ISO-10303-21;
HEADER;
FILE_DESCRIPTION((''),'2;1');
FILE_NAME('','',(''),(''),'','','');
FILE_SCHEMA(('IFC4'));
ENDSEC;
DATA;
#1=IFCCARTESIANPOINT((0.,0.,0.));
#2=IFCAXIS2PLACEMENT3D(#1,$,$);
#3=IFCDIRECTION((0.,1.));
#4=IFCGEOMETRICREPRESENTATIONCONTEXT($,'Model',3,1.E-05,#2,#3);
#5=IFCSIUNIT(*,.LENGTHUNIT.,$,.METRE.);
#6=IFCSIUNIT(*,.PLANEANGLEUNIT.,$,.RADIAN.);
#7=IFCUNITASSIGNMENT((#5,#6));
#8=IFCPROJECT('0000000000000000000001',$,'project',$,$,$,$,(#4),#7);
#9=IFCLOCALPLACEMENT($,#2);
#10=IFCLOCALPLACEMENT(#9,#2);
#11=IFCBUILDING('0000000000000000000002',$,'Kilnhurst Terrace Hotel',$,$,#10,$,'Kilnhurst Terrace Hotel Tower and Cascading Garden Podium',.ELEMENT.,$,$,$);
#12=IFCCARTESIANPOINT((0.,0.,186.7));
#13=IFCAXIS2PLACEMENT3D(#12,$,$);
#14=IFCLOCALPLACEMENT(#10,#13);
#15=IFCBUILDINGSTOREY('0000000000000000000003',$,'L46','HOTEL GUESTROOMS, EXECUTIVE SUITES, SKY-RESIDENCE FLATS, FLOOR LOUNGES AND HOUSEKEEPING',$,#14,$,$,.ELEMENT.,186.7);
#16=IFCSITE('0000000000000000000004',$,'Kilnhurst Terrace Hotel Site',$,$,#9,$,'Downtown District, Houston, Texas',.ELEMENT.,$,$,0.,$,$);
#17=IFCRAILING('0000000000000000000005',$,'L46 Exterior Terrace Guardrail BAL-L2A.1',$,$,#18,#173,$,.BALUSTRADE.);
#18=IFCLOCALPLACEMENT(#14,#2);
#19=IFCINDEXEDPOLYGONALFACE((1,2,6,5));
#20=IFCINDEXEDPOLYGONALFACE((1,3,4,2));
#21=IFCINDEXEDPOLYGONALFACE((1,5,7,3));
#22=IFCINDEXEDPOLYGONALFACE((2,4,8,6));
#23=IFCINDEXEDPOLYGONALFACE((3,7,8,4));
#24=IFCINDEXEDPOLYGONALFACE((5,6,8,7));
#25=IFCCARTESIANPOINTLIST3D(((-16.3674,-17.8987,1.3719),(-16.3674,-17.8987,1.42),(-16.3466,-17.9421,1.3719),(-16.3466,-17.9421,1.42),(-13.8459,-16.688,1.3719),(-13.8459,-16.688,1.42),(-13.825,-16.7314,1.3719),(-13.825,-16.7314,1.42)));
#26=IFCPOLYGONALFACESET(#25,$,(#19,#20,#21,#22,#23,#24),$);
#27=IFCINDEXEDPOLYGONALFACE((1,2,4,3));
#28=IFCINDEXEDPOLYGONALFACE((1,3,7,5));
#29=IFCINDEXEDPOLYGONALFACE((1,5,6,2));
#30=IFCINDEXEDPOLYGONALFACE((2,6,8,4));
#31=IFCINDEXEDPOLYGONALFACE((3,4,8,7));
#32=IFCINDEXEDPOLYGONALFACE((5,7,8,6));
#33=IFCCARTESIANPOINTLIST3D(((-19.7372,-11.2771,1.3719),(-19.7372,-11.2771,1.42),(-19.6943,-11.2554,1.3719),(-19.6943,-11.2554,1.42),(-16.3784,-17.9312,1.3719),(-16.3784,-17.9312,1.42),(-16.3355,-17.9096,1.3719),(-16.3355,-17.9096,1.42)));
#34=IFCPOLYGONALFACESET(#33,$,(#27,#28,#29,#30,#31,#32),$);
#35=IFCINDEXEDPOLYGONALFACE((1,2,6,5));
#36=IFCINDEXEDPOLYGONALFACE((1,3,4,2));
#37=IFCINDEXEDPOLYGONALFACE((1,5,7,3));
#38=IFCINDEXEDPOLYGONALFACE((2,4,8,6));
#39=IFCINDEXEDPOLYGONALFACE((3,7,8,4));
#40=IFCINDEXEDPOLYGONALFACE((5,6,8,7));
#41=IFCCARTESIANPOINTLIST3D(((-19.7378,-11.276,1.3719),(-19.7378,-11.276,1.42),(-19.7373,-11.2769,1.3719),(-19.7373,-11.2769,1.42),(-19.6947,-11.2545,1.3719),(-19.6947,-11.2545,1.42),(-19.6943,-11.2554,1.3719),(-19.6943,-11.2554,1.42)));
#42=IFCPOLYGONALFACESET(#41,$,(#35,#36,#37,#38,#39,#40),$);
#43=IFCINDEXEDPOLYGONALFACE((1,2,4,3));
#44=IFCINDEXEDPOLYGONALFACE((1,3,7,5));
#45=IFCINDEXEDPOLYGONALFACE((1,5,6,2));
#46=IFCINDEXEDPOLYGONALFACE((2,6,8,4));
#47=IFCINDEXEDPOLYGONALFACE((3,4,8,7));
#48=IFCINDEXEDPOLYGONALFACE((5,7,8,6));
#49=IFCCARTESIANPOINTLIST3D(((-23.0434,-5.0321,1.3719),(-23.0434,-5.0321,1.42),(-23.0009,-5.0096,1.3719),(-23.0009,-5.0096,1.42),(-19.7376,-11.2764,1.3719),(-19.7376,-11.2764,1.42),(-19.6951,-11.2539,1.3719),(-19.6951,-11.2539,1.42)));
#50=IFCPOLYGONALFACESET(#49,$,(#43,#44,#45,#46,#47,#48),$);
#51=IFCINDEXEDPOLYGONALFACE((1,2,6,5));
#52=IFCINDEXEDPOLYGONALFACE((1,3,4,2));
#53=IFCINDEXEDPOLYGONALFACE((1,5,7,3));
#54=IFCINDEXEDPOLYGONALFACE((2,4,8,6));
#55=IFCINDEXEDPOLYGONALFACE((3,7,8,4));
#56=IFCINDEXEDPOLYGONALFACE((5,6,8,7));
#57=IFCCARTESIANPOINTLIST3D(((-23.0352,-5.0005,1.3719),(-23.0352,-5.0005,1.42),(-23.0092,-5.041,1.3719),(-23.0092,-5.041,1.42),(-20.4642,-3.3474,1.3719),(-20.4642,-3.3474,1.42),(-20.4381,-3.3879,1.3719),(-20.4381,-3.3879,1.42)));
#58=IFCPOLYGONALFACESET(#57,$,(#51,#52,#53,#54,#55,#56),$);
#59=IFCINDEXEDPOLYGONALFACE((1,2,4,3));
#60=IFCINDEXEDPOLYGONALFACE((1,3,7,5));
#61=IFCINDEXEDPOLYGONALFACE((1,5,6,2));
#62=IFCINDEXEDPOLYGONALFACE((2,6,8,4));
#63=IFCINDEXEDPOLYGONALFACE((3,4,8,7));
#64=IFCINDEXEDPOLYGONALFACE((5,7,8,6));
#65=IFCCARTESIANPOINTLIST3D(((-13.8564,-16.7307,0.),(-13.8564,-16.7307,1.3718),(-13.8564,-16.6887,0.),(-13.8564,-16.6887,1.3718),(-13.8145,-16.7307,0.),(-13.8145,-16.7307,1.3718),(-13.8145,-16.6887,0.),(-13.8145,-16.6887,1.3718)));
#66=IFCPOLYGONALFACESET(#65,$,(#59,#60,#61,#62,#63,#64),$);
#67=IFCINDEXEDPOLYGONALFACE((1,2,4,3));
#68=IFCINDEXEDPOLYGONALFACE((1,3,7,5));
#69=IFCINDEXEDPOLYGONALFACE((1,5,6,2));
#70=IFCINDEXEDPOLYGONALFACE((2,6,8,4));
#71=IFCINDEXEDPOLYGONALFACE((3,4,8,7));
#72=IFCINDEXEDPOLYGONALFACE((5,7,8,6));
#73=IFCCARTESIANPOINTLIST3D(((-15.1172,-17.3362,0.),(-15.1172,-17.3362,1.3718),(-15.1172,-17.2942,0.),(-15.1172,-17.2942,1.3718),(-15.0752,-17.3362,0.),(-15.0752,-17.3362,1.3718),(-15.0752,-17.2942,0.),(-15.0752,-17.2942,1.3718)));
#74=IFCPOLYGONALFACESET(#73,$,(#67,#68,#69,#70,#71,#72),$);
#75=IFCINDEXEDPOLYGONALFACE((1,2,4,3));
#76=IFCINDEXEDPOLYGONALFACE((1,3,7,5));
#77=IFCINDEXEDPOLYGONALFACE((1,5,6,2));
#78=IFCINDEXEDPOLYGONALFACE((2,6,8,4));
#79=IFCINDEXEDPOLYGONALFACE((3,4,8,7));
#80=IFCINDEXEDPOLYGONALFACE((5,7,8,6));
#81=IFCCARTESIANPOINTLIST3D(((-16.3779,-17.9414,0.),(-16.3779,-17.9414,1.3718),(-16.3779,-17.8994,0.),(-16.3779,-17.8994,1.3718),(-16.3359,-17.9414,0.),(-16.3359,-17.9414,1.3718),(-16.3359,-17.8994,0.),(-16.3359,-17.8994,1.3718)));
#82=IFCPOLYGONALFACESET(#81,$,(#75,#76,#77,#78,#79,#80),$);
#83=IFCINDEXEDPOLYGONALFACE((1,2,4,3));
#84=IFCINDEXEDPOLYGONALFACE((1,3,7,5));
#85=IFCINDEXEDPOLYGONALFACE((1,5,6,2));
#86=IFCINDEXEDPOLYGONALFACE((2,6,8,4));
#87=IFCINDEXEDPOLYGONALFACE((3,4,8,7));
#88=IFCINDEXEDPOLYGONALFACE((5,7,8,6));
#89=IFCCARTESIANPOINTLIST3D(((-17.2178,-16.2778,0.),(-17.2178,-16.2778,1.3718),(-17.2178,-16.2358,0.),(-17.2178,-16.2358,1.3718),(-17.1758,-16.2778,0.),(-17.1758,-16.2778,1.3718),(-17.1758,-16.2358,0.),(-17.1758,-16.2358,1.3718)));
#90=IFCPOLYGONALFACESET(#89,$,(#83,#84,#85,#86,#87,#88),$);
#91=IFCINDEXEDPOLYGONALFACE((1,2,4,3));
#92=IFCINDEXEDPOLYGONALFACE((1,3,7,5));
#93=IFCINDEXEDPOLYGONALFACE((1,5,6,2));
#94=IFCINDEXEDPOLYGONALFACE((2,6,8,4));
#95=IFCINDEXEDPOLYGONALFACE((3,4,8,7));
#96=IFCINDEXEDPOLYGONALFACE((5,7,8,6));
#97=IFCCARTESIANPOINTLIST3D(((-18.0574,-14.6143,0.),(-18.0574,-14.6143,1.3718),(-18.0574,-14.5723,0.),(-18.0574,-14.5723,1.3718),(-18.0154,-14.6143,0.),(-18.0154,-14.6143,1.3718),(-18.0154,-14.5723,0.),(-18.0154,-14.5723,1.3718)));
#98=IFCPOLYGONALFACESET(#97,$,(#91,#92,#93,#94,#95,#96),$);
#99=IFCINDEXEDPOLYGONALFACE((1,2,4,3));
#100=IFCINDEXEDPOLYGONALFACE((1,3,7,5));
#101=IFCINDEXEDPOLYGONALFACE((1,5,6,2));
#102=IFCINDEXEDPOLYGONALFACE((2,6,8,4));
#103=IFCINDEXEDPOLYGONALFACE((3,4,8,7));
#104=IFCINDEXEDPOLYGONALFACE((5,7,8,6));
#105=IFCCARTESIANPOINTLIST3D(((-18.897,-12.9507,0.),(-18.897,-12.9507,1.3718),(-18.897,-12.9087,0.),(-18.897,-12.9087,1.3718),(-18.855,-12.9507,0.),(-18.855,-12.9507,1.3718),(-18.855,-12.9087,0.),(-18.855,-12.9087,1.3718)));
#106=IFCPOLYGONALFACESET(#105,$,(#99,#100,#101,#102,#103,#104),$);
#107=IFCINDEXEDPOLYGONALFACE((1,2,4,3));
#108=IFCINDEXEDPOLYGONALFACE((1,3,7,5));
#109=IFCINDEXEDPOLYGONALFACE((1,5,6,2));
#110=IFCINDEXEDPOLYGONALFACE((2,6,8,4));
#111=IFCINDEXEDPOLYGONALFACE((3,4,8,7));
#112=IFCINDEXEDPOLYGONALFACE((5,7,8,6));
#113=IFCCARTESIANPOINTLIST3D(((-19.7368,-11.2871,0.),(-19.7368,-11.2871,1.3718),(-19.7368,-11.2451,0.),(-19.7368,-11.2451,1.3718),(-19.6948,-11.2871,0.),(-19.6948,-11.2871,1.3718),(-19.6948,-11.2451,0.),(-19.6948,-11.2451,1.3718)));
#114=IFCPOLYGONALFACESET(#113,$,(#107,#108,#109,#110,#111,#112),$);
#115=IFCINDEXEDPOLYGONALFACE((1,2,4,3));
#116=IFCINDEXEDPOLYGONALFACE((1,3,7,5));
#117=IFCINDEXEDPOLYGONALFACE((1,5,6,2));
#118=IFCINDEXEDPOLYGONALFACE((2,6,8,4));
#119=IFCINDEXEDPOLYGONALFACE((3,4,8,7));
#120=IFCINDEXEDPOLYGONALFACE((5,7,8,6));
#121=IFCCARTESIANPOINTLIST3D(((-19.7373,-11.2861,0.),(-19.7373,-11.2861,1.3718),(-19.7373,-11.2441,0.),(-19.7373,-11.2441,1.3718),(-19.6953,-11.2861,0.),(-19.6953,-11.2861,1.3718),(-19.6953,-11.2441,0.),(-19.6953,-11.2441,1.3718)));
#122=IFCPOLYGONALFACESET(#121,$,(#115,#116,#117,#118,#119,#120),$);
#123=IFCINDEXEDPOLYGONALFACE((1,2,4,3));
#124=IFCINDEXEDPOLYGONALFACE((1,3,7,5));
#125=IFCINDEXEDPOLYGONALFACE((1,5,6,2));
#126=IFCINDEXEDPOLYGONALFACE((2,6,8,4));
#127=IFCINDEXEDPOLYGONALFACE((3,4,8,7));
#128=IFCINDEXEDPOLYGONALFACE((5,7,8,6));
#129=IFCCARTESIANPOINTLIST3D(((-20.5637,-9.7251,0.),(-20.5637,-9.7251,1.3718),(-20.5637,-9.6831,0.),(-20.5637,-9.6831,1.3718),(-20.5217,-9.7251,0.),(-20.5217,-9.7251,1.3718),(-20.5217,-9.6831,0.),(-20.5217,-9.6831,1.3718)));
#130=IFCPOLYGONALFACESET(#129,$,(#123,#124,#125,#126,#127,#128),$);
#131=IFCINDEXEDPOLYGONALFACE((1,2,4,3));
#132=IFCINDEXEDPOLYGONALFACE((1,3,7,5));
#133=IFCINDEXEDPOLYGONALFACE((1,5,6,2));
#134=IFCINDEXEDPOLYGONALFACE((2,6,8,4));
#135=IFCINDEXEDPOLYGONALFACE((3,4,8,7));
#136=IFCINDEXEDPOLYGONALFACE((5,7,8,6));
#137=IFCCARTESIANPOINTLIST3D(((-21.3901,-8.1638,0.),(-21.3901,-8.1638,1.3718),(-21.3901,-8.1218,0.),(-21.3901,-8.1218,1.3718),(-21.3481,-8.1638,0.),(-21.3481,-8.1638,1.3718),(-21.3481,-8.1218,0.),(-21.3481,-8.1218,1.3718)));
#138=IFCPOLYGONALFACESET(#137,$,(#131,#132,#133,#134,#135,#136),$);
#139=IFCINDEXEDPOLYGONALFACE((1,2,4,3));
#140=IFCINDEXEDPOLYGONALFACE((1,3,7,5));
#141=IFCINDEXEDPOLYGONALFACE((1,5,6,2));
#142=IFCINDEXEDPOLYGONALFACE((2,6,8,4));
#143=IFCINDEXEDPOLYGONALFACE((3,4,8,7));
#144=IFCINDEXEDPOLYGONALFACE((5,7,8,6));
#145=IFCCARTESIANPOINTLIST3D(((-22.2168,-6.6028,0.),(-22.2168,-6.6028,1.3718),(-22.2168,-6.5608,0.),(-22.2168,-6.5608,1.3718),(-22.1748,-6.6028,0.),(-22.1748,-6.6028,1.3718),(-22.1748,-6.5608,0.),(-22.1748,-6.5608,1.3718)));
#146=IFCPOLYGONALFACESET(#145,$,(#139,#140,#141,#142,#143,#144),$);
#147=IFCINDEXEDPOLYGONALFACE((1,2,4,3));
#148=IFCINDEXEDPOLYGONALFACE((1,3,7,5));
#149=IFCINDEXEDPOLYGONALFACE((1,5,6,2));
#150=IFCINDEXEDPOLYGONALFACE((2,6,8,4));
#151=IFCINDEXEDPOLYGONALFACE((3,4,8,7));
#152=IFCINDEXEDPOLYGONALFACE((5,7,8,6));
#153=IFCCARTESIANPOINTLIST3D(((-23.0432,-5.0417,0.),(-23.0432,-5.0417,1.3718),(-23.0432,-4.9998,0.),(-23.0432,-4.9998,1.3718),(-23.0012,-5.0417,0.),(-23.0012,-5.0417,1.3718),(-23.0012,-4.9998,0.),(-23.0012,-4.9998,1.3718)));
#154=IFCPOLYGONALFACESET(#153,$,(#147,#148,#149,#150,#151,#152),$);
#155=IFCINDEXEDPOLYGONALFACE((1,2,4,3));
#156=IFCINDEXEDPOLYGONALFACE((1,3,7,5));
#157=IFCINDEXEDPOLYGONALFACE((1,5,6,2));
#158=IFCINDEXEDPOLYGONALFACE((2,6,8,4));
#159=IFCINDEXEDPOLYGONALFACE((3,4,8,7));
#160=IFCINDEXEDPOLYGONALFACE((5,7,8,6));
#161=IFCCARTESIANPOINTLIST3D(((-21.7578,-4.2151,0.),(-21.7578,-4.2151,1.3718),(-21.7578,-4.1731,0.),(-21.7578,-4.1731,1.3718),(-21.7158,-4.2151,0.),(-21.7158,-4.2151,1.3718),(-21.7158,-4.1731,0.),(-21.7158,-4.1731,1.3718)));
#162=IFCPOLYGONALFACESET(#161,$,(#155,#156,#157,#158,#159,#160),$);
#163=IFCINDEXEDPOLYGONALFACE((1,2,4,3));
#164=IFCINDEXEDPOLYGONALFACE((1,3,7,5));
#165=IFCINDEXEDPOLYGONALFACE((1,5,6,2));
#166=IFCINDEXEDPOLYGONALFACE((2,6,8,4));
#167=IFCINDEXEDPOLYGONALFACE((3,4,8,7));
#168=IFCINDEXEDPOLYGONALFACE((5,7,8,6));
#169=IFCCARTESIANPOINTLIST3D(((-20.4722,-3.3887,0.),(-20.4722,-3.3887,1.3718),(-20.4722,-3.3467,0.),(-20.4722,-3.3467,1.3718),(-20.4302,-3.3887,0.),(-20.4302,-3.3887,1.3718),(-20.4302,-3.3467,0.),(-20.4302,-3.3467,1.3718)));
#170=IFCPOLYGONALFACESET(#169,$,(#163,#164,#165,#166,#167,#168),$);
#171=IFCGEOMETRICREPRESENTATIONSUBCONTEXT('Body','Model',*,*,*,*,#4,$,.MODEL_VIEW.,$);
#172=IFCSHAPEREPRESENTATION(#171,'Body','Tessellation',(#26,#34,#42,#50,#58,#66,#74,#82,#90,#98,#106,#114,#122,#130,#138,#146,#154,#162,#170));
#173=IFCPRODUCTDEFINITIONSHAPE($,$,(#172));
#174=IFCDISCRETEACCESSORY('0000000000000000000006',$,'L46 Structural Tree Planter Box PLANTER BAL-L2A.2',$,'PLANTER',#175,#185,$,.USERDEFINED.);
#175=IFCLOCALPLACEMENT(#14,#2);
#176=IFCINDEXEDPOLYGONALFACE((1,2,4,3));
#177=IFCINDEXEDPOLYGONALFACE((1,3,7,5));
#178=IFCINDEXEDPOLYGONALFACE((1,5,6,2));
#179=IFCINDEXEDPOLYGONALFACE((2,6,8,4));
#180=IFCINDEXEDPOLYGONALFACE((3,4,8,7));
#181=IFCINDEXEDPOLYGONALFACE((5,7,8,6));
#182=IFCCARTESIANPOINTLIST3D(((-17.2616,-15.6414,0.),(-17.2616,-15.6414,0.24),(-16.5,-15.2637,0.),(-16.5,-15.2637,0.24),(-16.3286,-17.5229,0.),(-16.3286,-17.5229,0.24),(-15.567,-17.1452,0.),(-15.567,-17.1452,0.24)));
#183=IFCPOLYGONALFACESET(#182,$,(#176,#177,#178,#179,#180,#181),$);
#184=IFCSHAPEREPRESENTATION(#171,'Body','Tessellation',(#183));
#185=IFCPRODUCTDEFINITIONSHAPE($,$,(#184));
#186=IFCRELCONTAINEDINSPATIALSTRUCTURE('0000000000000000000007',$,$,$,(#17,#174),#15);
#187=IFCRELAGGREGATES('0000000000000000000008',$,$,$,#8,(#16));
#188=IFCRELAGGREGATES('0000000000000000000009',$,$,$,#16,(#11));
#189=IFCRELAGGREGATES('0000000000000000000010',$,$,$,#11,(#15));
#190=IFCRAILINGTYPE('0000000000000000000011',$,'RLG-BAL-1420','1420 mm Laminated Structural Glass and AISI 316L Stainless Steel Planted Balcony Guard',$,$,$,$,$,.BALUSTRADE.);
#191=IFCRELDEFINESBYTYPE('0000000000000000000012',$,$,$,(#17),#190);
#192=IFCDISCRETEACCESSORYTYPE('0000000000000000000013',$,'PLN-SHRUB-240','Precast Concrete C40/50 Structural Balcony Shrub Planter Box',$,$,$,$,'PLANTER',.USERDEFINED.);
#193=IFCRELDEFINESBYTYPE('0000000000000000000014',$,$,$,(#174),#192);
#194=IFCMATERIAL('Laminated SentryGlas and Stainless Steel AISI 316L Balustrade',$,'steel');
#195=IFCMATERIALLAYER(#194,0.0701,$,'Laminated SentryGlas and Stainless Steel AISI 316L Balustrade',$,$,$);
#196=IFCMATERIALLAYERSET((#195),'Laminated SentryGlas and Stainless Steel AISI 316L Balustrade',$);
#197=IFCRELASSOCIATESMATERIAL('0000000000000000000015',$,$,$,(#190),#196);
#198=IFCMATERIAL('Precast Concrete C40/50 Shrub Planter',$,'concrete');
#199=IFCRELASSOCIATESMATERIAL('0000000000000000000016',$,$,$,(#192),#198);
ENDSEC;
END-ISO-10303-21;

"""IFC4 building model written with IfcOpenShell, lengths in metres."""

from ifc_helpers import new_model, si_unit, direction, frame, origin, origin_2d, place, context, subcontext, project, spatial, rectangle, extrude, material, layer, layer_set, type_object, element, save


model = new_model("IFC4")

# Units and contexts
model_context = context("Model", 3, precision=1e-05, world=origin(), true_north=direction((0.0, 1.0)))
body_context = subcontext(model_context, "Body", "Model", "MODEL_VIEW")
ifc_project = project(units=[si_unit("LENGTHUNIT", "METRE"), si_unit("PLANEANGLEUNIT", "RADIAN")], contexts=[model_context])

# Site, building, storey
site_placement = place(None, origin())
site = spatial("IfcSite", under=ifc_project, at=site_placement, Name="Kilnhurst Terrace Hotel Site", LongName="Downtown District, Houston, Texas", CompositionType="ELEMENT", RefElevation=0.0)
building_placement = place(site_placement, origin())
building = spatial("IfcBuilding", under=site, at=building_placement, Name="Kilnhurst Terrace Hotel", LongName="Kilnhurst Terrace Hotel Tower and Cascading Garden Podium", CompositionType="ELEMENT")
storey_placement = place(building_placement, frame((0.0, 0.0, 186.7)))
storey = spatial("IfcBuildingStorey", under=building, at=storey_placement, Name="L46", Description="HOTEL GUESTROOMS, EXECUTIVE SUITES, SKY-RESIDENCE FLATS, FLOOR LOUNGES AND HOUSEKEEPING", CompositionType="ELEMENT", Elevation=186.7)

# Railing
ifc_material_1 = material(Name="Laminated SentryGlas and Stainless Steel AISI 316L Balustrade", Category="steel")
ifc_layer_1 = layer(ifc_material_1, 0.0701, Name="Laminated SentryGlas and Stainless Steel AISI 316L Balustrade")
ifc_layer_set_1 = layer_set([ifc_layer_1], Name="Laminated SentryGlas and Stainless Steel AISI 316L Balustrade")
railing_type = type_object("IfcRailingType", Name="RLG-BAL-1420", Description="1420 mm Laminated Structural Glass and AISI 316L Stainless Steel Planted Balcony Guard", PredefinedType="BALUSTRADE", material=ifc_layer_set_1)
railing_placement = place(storey_placement, frame((-13.8354, -16.7097, 0.0)))
element("IfcRailing", 1, at=railing_placement, inside=storey, type_object=railing_type, Name="L46 Exterior Terrace Guardrail BAL-L2A.1", PredefinedType="BALUSTRADE", context=body_context, shape_type="SweptSolid", body=[
    extrude(rectangle(XDim=0.0481, YDim=0.0481, at=origin_2d()), frame((0.0, 0.0, 1.396), z_axis=(-0.90147, -0.432842, 0.0), x_axis=(0.432842, -0.90147, 0.0)), (0.0, 0.0, 1.0), 2.7971),
    extrude(rectangle(XDim=0.0481, YDim=0.0481, at=origin_2d()), frame((-2.5215, -1.2107, 1.396), z_axis=(-0.450617, 0.892718, 0.0), x_axis=(-0.892718, -0.450617, 0.0)), (0.0, 0.0, 1.0), 7.4539),
    extrude(rectangle(XDim=0.0481, YDim=0.0481, at=origin_2d()), frame((-5.8804, 5.4436, 1.396), z_axis=(-0.447214, 0.894427, 0.0), x_axis=(-0.894427, -0.447214, 0.0)), (0.0, 0.0, 1.0), 0.001),
    extrude(rectangle(XDim=0.0481, YDim=0.0481, at=origin_2d()), frame((-5.8809, 5.4446, 1.396), z_axis=(-0.467894, 0.883785, 0.0), x_axis=(-0.883785, -0.467894, 0.0)), (0.0, 0.0, 1.0), 7.0654),
    extrude(rectangle(XDim=0.0481, YDim=0.0481, at=origin_2d()), frame((-9.1868, 11.689, 1.396), z_axis=(0.84114, 0.540818, 0.0), x_axis=(-0.540818, 0.84114, 0.0)), (0.0, 0.0, 1.0), 3.0566),
    extrude(rectangle(XDim=0.042, YDim=0.042, at=origin_2d()), origin(), (0.0, 0.0, 1.0), 1.3718),
    extrude(rectangle(XDim=0.042, YDim=0.042, at=origin_2d()), frame((-1.2607, -0.6055, 0.0)), (0.0, 0.0, 1.0), 1.3718),
    extrude(rectangle(XDim=0.042, YDim=0.042, at=origin_2d()), frame((-2.5215, -1.2107, 0.0)), (0.0, 0.0, 1.0), 1.3718),
    extrude(rectangle(XDim=0.042, YDim=0.042, at=origin_2d()), frame((-3.3613, 0.4529, 0.0)), (0.0, 0.0, 1.0), 1.3718),
    extrude(rectangle(XDim=0.042, YDim=0.042, at=origin_2d()), frame((-4.2009, 2.1165, 0.0)), (0.0, 0.0, 1.0), 1.3718),
    extrude(rectangle(XDim=0.042, YDim=0.042, at=origin_2d()), frame((-5.0405, 3.78, 0.0)), (0.0, 0.0, 1.0), 1.3718),
    extrude(rectangle(XDim=0.042, YDim=0.042, at=origin_2d()), frame((-5.8804, 5.4436, 0.0)), (0.0, 0.0, 1.0), 1.3718),
    extrude(rectangle(XDim=0.042, YDim=0.042, at=origin_2d()), frame((-5.8809, 5.4446, 0.0)), (0.0, 0.0, 1.0), 1.3718),
    extrude(rectangle(XDim=0.042, YDim=0.042, at=origin_2d()), frame((-6.7073, 7.0056, 0.0)), (0.0, 0.0, 1.0), 1.3718),
    extrude(rectangle(XDim=0.042, YDim=0.042, at=origin_2d()), frame((-7.5337, 8.5669, 0.0)), (0.0, 0.0, 1.0), 1.3718),
    extrude(rectangle(XDim=0.042, YDim=0.042, at=origin_2d()), frame((-8.3604, 10.1279, 0.0)), (0.0, 0.0, 1.0), 1.3718),
    extrude(rectangle(XDim=0.042, YDim=0.042, at=origin_2d()), frame((-9.1868, 11.689, 0.0)), (0.0, 0.0, 1.0), 1.3718),
    extrude(rectangle(XDim=0.042, YDim=0.042, at=origin_2d()), frame((-7.9014, 12.5156, 0.0)), (0.0, 0.0, 1.0), 1.3718),
    extrude(rectangle(XDim=0.042, YDim=0.042, at=origin_2d()), frame((-6.6157, 13.342, 0.0)), (0.0, 0.0, 1.0), 1.3718),
])

# Discrete accessory
ifc_material_2 = material(Name="Precast Concrete C40/50 Shrub Planter", Category="concrete")
discrete_accessory_type = type_object("IfcDiscreteAccessoryType", Name="PLN-SHRUB-240", Description="Precast Concrete C40/50 Structural Balcony Shrub Planter Box", ElementType="PLANTER", PredefinedType="USERDEFINED", material=ifc_material_2)
discrete_accessory_placement = place(storey_placement, frame((-16.4143, -16.3933, 0.0), z_axis=(0.0, 0.0, 1.0), x_axis=(0.444244, -0.895906, 0.0)))
element("IfcDiscreteAccessory", 2, at=discrete_accessory_placement, inside=storey, type_object=discrete_accessory_type, Name="L46 Structural Tree Planter Box PLANTER BAL-L2A.2", ObjectType="PLANTER", PredefinedType="USERDEFINED", context=body_context, shape_type="SweptSolid", body=[
    extrude(rectangle(XDim=2.1001, YDim=0.8501, at=origin_2d()), origin(), (0.0, 0.0, 1.0), 0.24),
])

save(model, "model.ifc")
